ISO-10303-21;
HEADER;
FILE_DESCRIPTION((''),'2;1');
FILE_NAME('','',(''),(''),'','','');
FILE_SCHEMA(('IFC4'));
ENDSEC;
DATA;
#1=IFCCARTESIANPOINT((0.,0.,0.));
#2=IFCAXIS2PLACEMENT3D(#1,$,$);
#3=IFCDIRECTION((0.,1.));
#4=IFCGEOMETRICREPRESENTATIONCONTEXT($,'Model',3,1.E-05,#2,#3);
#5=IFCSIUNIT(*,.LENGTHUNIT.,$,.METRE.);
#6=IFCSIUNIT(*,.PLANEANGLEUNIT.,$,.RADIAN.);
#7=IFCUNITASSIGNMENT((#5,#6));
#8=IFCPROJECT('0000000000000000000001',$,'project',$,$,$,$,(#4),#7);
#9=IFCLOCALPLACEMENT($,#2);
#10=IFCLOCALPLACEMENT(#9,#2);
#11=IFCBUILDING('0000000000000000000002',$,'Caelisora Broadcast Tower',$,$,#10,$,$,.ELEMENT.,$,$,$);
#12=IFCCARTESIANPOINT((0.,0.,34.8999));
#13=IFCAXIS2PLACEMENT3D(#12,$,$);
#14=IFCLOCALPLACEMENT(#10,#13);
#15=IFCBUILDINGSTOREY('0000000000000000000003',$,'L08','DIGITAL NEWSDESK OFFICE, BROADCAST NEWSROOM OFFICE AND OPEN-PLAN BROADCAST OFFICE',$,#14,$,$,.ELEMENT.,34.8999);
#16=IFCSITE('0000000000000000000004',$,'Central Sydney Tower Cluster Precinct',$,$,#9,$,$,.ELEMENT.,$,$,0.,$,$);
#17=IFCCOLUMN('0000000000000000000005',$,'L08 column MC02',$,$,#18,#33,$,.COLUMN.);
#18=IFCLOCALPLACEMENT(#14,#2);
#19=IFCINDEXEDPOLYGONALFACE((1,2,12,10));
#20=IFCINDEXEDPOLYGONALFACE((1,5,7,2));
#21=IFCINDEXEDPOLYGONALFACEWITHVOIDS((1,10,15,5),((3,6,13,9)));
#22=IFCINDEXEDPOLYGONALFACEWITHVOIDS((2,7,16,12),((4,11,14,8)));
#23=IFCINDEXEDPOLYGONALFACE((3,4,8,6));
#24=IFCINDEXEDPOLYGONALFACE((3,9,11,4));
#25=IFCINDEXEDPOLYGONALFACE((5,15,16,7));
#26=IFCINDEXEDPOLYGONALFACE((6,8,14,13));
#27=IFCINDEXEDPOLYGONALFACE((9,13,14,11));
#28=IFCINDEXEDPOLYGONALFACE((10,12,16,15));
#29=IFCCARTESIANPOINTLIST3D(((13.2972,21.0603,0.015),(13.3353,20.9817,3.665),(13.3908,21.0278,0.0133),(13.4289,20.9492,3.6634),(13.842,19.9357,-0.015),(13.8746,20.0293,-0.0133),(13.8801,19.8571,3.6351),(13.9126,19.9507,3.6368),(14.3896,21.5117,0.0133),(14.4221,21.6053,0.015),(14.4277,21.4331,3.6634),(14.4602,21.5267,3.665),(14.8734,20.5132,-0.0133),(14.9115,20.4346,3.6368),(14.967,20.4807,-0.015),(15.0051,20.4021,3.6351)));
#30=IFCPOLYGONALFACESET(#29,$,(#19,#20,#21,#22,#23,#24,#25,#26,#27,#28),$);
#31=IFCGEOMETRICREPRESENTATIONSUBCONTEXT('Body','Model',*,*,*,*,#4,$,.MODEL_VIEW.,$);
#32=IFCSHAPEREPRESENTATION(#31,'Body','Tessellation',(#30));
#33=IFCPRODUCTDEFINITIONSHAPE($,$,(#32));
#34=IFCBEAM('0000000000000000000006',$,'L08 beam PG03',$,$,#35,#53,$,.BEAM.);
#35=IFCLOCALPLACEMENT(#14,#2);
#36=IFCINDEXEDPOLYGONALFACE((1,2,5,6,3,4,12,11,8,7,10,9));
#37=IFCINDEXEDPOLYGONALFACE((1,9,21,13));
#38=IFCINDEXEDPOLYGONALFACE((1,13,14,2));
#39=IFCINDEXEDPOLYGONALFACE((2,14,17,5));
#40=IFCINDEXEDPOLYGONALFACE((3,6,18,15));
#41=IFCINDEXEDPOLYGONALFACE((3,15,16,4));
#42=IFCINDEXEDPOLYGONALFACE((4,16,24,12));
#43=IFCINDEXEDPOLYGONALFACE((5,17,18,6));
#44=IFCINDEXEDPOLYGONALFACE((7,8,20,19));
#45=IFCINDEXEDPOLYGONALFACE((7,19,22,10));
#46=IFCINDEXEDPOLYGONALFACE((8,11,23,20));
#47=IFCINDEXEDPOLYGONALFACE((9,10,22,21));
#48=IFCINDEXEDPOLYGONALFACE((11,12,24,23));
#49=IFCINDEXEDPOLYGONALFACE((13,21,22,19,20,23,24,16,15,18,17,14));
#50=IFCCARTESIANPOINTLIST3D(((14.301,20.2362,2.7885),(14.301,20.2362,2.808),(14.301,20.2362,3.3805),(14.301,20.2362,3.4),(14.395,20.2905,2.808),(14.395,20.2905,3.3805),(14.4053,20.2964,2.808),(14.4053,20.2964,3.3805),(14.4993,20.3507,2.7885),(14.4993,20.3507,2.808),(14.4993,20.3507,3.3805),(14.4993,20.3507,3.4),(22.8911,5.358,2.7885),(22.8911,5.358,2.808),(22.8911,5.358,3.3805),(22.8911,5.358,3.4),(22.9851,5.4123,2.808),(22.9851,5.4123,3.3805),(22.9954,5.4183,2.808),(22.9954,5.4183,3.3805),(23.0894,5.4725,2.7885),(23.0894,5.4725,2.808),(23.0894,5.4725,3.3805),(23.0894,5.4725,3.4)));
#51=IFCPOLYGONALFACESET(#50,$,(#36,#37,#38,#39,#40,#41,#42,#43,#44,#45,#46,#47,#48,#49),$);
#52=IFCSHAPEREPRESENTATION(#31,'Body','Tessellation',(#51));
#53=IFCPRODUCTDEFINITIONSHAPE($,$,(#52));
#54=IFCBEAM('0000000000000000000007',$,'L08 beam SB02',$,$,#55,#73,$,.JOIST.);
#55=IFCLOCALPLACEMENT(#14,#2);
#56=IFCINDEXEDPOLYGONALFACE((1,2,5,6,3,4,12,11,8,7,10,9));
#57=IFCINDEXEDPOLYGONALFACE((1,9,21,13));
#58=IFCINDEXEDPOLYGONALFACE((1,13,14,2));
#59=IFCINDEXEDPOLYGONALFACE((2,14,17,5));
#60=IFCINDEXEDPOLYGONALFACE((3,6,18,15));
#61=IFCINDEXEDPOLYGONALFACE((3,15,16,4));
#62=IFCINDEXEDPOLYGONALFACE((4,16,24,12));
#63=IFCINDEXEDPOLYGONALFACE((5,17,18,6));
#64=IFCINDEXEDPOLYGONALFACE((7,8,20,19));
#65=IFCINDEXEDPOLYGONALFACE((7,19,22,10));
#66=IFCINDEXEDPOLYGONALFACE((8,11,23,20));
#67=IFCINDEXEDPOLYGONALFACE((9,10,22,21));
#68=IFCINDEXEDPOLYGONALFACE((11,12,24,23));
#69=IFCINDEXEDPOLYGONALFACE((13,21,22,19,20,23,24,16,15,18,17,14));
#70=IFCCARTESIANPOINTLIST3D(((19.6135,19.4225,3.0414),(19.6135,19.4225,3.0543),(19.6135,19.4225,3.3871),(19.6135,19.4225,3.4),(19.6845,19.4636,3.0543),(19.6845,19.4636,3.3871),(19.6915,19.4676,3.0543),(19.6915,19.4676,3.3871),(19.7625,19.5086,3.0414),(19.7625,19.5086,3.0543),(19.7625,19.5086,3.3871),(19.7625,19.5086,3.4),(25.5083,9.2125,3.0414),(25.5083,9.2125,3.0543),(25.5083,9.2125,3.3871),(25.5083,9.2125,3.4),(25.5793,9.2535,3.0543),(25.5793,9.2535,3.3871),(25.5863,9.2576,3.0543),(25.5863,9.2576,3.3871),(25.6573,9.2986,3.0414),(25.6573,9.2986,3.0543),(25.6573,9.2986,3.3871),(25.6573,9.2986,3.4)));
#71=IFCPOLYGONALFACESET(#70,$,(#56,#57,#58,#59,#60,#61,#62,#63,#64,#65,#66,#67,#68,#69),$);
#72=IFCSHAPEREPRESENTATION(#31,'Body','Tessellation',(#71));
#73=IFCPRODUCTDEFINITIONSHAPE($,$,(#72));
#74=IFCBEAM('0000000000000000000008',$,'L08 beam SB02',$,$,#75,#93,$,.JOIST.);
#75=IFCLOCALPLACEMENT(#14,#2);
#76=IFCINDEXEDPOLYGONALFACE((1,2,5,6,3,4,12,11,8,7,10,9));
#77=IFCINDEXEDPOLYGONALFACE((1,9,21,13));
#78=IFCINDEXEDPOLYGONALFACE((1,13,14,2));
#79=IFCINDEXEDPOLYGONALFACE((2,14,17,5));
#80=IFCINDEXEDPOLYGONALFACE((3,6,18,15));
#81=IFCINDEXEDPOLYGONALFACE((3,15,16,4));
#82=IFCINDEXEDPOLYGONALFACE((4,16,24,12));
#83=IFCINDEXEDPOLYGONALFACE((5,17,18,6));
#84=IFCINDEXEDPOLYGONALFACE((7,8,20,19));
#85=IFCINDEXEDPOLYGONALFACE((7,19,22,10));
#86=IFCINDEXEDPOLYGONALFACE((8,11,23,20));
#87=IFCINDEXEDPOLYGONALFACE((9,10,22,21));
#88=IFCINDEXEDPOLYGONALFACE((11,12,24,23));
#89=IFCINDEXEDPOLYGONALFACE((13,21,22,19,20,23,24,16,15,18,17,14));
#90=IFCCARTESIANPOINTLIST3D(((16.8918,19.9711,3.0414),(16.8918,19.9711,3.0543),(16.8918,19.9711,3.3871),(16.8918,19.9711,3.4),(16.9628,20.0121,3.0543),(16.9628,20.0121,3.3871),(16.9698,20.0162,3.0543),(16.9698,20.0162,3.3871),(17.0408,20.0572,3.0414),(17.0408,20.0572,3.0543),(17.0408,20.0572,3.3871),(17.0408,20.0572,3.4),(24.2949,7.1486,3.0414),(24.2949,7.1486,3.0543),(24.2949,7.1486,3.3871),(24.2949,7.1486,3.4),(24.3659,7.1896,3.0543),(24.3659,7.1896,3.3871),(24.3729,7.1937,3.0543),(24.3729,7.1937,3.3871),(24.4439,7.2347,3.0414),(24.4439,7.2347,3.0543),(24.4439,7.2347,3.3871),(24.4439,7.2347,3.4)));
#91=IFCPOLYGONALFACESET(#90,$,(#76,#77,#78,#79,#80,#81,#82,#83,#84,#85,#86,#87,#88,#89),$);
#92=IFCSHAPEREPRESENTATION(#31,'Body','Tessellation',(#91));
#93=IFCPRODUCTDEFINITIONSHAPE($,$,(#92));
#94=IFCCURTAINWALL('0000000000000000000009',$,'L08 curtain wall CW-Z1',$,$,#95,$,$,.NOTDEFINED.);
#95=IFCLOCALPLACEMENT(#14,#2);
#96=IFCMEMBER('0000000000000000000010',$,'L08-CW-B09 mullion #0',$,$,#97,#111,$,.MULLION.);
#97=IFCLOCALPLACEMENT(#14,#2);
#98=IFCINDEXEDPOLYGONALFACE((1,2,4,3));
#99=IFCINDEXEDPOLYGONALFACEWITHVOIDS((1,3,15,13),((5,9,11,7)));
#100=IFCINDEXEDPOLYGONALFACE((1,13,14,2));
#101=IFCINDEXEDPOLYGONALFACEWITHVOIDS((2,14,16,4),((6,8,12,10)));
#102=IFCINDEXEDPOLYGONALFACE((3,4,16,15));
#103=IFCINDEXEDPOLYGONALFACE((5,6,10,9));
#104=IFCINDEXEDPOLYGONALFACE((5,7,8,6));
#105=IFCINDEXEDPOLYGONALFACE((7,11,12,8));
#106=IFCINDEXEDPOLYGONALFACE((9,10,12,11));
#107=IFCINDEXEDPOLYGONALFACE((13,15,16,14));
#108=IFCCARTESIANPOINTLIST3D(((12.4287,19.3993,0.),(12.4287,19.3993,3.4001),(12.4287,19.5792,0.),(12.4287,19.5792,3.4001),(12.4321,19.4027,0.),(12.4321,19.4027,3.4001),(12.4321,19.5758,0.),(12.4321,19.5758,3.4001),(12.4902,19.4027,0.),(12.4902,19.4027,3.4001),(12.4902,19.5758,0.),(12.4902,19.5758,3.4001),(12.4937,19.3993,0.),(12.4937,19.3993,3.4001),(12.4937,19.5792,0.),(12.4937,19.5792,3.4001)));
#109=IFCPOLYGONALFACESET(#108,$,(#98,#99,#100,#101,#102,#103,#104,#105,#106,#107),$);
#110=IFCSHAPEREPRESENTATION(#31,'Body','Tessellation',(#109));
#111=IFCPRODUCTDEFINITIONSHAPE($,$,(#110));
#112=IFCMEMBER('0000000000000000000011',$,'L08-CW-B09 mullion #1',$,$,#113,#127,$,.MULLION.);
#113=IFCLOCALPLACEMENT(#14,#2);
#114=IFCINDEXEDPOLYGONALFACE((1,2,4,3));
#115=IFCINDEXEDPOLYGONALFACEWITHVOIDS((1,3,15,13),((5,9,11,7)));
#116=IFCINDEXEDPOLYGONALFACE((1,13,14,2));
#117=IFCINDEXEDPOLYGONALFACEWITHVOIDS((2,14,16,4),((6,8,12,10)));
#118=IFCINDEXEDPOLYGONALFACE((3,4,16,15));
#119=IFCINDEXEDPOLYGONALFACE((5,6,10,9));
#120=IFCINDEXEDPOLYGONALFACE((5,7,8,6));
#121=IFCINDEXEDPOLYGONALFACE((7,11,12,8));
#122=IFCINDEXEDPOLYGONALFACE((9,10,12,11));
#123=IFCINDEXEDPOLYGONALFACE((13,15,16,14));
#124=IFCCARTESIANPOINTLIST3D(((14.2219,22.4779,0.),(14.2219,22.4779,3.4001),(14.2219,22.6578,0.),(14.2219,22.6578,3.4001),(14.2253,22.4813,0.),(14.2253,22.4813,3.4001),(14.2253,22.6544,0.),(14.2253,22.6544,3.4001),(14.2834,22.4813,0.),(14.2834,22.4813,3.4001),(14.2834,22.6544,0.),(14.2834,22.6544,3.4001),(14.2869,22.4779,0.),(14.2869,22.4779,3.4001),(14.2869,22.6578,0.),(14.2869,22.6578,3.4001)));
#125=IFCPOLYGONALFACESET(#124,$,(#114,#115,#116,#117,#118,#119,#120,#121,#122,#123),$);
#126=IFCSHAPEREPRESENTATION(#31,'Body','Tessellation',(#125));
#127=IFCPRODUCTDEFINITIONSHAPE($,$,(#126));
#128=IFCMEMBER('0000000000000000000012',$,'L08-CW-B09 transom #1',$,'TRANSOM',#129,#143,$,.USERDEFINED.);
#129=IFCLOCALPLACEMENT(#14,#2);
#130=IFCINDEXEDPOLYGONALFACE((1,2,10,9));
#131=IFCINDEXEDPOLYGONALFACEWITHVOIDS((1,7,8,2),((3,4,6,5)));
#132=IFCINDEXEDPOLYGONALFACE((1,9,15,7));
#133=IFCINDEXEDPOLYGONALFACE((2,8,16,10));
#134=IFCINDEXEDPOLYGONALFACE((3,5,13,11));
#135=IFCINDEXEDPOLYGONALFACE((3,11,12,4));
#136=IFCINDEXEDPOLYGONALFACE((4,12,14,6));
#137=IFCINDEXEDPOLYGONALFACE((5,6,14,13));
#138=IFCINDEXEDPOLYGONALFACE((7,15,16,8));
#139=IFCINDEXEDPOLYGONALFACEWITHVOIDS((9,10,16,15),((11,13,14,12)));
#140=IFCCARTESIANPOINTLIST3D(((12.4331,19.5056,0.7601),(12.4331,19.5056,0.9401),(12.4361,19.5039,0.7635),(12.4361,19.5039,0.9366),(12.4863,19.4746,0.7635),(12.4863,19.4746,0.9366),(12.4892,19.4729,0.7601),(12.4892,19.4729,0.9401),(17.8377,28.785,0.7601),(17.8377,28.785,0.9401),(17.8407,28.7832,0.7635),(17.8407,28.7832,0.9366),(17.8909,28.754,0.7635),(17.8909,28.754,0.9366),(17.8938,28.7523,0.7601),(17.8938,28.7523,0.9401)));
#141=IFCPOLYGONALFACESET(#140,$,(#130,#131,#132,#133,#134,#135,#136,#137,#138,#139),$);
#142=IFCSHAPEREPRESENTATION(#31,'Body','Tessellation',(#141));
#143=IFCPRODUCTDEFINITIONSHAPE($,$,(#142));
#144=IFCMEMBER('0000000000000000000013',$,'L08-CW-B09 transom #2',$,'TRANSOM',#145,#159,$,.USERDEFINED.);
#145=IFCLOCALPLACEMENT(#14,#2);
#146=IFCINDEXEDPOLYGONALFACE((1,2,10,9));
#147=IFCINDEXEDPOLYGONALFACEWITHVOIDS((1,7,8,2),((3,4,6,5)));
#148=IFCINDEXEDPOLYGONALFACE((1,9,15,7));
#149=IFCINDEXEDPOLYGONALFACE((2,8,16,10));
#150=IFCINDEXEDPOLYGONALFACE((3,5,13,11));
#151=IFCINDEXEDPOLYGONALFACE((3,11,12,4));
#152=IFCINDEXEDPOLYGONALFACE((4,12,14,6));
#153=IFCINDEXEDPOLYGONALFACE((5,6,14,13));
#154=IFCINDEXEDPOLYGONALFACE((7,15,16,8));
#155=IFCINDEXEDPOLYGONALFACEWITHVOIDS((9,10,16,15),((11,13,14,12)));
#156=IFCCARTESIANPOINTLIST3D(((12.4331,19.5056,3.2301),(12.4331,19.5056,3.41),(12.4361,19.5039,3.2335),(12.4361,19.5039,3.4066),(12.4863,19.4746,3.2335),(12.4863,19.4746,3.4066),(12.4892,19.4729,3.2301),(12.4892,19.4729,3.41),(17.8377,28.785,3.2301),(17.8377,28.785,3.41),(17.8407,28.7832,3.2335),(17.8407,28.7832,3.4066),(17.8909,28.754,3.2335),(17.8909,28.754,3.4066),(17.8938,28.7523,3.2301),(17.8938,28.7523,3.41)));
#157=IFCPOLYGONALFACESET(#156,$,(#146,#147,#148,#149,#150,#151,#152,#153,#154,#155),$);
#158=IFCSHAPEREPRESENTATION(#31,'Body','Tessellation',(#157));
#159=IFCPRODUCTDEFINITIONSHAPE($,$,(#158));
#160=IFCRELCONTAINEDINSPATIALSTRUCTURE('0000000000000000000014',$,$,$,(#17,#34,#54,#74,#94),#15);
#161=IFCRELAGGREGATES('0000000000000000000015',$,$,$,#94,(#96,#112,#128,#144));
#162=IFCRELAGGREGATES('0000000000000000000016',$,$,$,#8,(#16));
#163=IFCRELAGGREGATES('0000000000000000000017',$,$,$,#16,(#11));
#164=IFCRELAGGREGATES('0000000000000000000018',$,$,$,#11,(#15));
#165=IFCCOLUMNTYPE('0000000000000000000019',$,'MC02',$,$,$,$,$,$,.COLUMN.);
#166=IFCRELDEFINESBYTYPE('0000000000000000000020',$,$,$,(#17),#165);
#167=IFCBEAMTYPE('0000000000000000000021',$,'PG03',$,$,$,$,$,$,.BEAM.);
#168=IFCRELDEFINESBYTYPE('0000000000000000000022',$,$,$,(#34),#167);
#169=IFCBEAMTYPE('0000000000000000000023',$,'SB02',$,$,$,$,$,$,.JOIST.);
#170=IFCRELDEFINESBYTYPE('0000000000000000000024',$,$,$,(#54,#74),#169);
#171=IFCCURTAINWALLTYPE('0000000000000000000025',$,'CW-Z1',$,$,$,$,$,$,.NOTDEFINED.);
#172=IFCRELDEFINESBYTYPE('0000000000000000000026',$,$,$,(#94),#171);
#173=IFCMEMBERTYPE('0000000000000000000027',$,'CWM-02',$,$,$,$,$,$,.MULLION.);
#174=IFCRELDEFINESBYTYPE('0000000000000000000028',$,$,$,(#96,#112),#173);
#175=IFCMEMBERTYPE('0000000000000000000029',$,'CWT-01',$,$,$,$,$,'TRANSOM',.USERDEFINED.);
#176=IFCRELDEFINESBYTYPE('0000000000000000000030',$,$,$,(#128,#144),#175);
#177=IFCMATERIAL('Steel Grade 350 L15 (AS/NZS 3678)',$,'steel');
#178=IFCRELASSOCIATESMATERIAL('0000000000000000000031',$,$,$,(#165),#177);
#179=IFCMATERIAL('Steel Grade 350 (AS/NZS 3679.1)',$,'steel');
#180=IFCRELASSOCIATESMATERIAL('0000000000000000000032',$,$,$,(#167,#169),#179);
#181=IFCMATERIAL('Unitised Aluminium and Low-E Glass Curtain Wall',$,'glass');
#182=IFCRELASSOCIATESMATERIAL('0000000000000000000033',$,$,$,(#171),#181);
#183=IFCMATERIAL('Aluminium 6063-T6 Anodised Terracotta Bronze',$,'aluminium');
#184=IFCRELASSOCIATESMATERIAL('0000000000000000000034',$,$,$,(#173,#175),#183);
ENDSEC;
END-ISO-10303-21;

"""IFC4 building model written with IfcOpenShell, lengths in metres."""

from ifc_helpers import new_model, si_unit, direction, frame, origin, origin_2d, place, context, subcontext, project, spatial, hollow_rectangle, i_section, extrude, source, transform, mapped, material, material_profile, profile_set, type_object, type_shapes, element, aggregate, save


model = new_model("IFC4")

# Units and contexts
model_context = context("Model", 3, precision=1e-05, world=origin(), true_north=direction((0.0, 1.0)))
body_context = subcontext(model_context, "Body", "Model", "MODEL_VIEW")
ifc_project = project(units=[si_unit("LENGTHUNIT", "METRE"), si_unit("PLANEANGLEUNIT", "RADIAN")], contexts=[model_context])

# Site, building, storey
site_placement = place(None, origin())
site = spatial("IfcSite", under=ifc_project, at=site_placement, Name="Central Sydney Tower Cluster Precinct", CompositionType="ELEMENT", RefElevation=0.0)
building_placement = place(site_placement, origin())
building = spatial("IfcBuilding", under=site, at=building_placement, Name="Caelisora Broadcast Tower", CompositionType="ELEMENT")
storey_placement = place(building_placement, frame((0.0, 0.0, 34.8999)))
storey = spatial("IfcBuildingStorey", under=building, at=storey_placement, Name="L08", Description="DIGITAL NEWSDESK OFFICE, BROADCAST NEWSROOM OFFICE AND OPEN-PLAN BROADCAST OFFICE", CompositionType="ELEMENT", Elevation=34.8999)

# Column
ifc_material_1 = material(Name="Steel Grade 350 L15 (AS/NZS 3678)", Category="steel")
ifc_material_profile_1 = material_profile(ifc_material_1, hollow_rectangle(XDim=1.25, YDim=1.25, WallThickness=0.0701, at=origin_2d()), Name="Steel Grade 350 L15 (AS/NZS 3678)")
ifc_profile_set_1 = profile_set([ifc_material_profile_1], Name="Steel Grade 350 L15 (AS/NZS 3678)")
column_type = type_object("IfcColumnType", Name="MC02", PredefinedType="COLUMN", material=ifc_profile_set_1)
shared_shape_1 = source(origin(), body_context, "Body", "SweptSolid", [
    extrude(hollow_rectangle(XDim=1.25, YDim=1.25, WallThickness=0.0701, at=origin_2d()), origin(), (0.0, 0.0, 1.0), 3.6511),
])
type_shapes(column_type, [shared_shape_1])
column_placement = place(storey_placement, frame((14.1321, 20.7705, 0.0), z_axis=(0.010431, -0.021531, 0.999714), x_axis=(0.899947, 0.435999, 0.0)))
element("IfcColumn", 1, at=column_placement, inside=storey, type_object=column_type, Name="L08 column MC02", PredefinedType="COLUMN", context=body_context, shape_type="MappedRepresentation", body=[
    mapped(shared_shape_1, transform((0.0, 0.0, 0.0), scale=1.0)),
])

# Beams
ifc_material_2 = material(Name="Steel Grade 350 (AS/NZS 3679.1)", Category="steel")
ifc_material_profile_2 = material_profile(ifc_material_2, i_section(OverallWidth=0.229, OverallDepth=0.6116, WebThickness=0.012, FlangeThickness=0.0195, at=origin_2d()), Name="Steel Grade 350 (AS/NZS 3679.1)")
ifc_profile_set_2 = profile_set([ifc_material_profile_2], Name="Steel Grade 350 (AS/NZS 3679.1)")
beam_type_1 = type_object("IfcBeamType", Name="PG03", PredefinedType="BEAM", material=ifc_profile_set_2)
shared_shape_2 = source(origin(), body_context, "Body", "SweptSolid", [
    extrude(i_section(OverallWidth=0.229, OverallDepth=0.6116, WebThickness=0.012, FlangeThickness=0.0195, at=origin_2d()), origin(), (0.0, 0.0, 1.0), 17.1799),
])
type_shapes(beam_type_1, [shared_shape_2])
beam_1_placement = place(storey_placement, frame((14.4001, 20.2935, 3.0942), z_axis=(0.500007, -0.866021, 0.0), x_axis=(0.866021, 0.500007, 0.0)))
element("IfcBeam", 2, at=beam_1_placement, inside=storey, type_object=beam_type_1, Name="L08 beam PG03", PredefinedType="BEAM", context=body_context, shape_type="MappedRepresentation", body=[
    mapped(shared_shape_2, transform((0.0, 0.0, 0.0), scale=1.0)),
])
ifc_material_profile_3 = material_profile(ifc_material_2, i_section(OverallWidth=0.1721, OverallDepth=0.3586, WebThickness=0.0081, FlangeThickness=0.0129, at=origin_2d()), Name="Steel Grade 350 (AS/NZS 3679.1)")
ifc_profile_set_3 = profile_set([ifc_material_profile_3], Name="Steel Grade 350 (AS/NZS 3679.1)")
beam_type_2 = type_object("IfcBeamType", Name="SB02", PredefinedType="JOIST", material=ifc_profile_set_3)
shared_shape_3 = source(origin(), body_context, "Body", "SweptSolid", [
    extrude(i_section(OverallWidth=0.1721, OverallDepth=0.3586, WebThickness=0.0081, FlangeThickness=0.0129, at=origin_2d()), origin(), (0.0, 0.0, 1.0), 11.7896),
])
beam_2_placement = place(storey_placement, frame((19.688, 19.4656, 3.2207), z_axis=(0.500003, -0.866024, 0.0), x_axis=(0.866024, 0.500003, 0.0)))
element("IfcBeam", 3, at=beam_2_placement, inside=storey, type_object=beam_type_2, Name="L08 beam SB02", PredefinedType="JOIST", context=body_context, shape_type="MappedRepresentation", body=[
    mapped(shared_shape_3, transform((0.0, 0.0, 0.0), scale=1.0)),
])
shared_shape_4 = source(origin(), body_context, "Body", "SweptSolid", [
    extrude(i_section(OverallWidth=0.1721, OverallDepth=0.3586, WebThickness=0.0081, FlangeThickness=0.0129, at=origin_2d()), origin(), (0.0, 0.0, 1.0), 14.8062),
])
type_shapes(beam_type_2, [shared_shape_3, shared_shape_4])
beam_3_placement = place(storey_placement, frame((16.9663, 20.0142, 3.2207), z_axis=(0.5, -0.866026, 0.0), x_axis=(0.866026, 0.5, 0.0)))
element("IfcBeam", 4, at=beam_3_placement, inside=storey, type_object=beam_type_2, Name="L08 beam SB02", PredefinedType="JOIST", context=body_context, shape_type="MappedRepresentation", body=[
    mapped(shared_shape_4, transform((0.0, 0.0, 0.0), scale=1.0)),
])

# Curtain wall, members
ifc_material_3 = material(Name="Unitised Aluminium and Low-E Glass Curtain Wall", Category="glass")
curtain_wall_type = type_object("IfcCurtainWallType", Name="CW-Z1", PredefinedType="NOTDEFINED", material=ifc_material_3)
curtain_wall_placement = place(storey_placement, origin())
curtain_wall = element("IfcCurtainWall", 5, at=curtain_wall_placement, inside=storey, type_object=curtain_wall_type, Name="L08 curtain wall CW-Z1", PredefinedType="NOTDEFINED")
ifc_material_4 = material(Name="Aluminium 6063-T6 Anodised Terracotta Bronze", Category="aluminium")
ifc_material_profile_4 = material_profile(ifc_material_4, hollow_rectangle(XDim=0.0649, YDim=0.1799, WallThickness=0.0034, at=origin_2d()), Name="Aluminium 6063-T6 Anodised Terracotta Bronze")
ifc_profile_set_4 = profile_set([ifc_material_profile_4], Name="Aluminium 6063-T6 Anodised Terracotta Bronze")
member_type_1 = type_object("IfcMemberType", Name="CWM-02", PredefinedType="MULLION", material=ifc_profile_set_4)
shared_shape_5 = source(origin(), body_context, "Body", "SweptSolid", [
    extrude(hollow_rectangle(XDim=0.0649, YDim=0.1799, WallThickness=0.0034, at=origin_2d()), origin(), (0.0, 0.0, 1.0), 3.4001),
])
type_shapes(member_type_1, [shared_shape_5])
member_1_placement = place(storey_placement, frame((12.4612, 19.4893, 0.0), z_axis=(0.0, 0.0, 1.0), x_axis=(1.0, 0.0, 0.0)))
member_1 = element("IfcMember", 6, at=member_1_placement, type_object=member_type_1, Name="L08-CW-B09 mullion #0", PredefinedType="MULLION", context=body_context, shape_type="MappedRepresentation", body=[
    mapped(shared_shape_5, transform((0.0, 0.0, 0.0), scale=1.0)),
])
member_2_placement = place(storey_placement, frame((14.2544, 22.5679, 0.0), z_axis=(0.0, 0.0, 1.0), x_axis=(1.0, 0.0, 0.0)))
member_2 = element("IfcMember", 7, at=member_2_placement, type_object=member_type_1, Name="L08-CW-B09 mullion #1", PredefinedType="MULLION", context=body_context, shape_type="MappedRepresentation", body=[
    mapped(shared_shape_5, transform((0.0, 0.0, 0.0), scale=1.0)),
])
ifc_material_profile_5 = material_profile(ifc_material_4, hollow_rectangle(XDim=0.0649, YDim=0.1799, WallThickness=0.0034, at=origin_2d()), Name="Aluminium 6063-T6 Anodised Terracotta Bronze")
ifc_profile_set_5 = profile_set([ifc_material_profile_5], Name="Aluminium 6063-T6 Anodised Terracotta Bronze")
member_type_2 = type_object("IfcMemberType", Name="CWT-01", ElementType="TRANSOM", PredefinedType="USERDEFINED", material=ifc_profile_set_5)
shared_shape_6 = source(origin(), body_context, "Body", "SweptSolid", [
    extrude(hollow_rectangle(XDim=0.0649, YDim=0.1799, WallThickness=0.0034, at=origin_2d()), origin(), (0.0, 0.0, 1.0), 10.7385),
])
type_shapes(member_type_2, [shared_shape_6])
member_3_placement = place(storey_placement, frame((12.4612, 19.4893, 0.8501), z_axis=(0.503289, 0.864118, 0.0), x_axis=(-0.864118, 0.503289, 0.0)))
member_3 = element("IfcMember", 8, at=member_3_placement, type_object=member_type_2, Name="L08-CW-B09 transom #1", ObjectType="TRANSOM", PredefinedType="USERDEFINED", context=body_context, shape_type="MappedRepresentation", body=[
    mapped(shared_shape_6, transform((0.0, 0.0, 0.0), scale=1.0)),
])
member_4_placement = place(storey_placement, frame((12.4612, 19.4893, 3.3201), z_axis=(0.503289, 0.864118, 0.0), x_axis=(-0.864118, 0.503289, 0.0)))
member_4 = element("IfcMember", 9, at=member_4_placement, type_object=member_type_2, Name="L08-CW-B09 transom #2", ObjectType="TRANSOM", PredefinedType="USERDEFINED", context=body_context, shape_type="MappedRepresentation", body=[
    mapped(shared_shape_6, transform((0.0, 0.0, 0.0), scale=1.0)),
])

aggregate(curtain_wall, [member_1, member_2, member_3, member_4])

save(model, "model.ifc")
